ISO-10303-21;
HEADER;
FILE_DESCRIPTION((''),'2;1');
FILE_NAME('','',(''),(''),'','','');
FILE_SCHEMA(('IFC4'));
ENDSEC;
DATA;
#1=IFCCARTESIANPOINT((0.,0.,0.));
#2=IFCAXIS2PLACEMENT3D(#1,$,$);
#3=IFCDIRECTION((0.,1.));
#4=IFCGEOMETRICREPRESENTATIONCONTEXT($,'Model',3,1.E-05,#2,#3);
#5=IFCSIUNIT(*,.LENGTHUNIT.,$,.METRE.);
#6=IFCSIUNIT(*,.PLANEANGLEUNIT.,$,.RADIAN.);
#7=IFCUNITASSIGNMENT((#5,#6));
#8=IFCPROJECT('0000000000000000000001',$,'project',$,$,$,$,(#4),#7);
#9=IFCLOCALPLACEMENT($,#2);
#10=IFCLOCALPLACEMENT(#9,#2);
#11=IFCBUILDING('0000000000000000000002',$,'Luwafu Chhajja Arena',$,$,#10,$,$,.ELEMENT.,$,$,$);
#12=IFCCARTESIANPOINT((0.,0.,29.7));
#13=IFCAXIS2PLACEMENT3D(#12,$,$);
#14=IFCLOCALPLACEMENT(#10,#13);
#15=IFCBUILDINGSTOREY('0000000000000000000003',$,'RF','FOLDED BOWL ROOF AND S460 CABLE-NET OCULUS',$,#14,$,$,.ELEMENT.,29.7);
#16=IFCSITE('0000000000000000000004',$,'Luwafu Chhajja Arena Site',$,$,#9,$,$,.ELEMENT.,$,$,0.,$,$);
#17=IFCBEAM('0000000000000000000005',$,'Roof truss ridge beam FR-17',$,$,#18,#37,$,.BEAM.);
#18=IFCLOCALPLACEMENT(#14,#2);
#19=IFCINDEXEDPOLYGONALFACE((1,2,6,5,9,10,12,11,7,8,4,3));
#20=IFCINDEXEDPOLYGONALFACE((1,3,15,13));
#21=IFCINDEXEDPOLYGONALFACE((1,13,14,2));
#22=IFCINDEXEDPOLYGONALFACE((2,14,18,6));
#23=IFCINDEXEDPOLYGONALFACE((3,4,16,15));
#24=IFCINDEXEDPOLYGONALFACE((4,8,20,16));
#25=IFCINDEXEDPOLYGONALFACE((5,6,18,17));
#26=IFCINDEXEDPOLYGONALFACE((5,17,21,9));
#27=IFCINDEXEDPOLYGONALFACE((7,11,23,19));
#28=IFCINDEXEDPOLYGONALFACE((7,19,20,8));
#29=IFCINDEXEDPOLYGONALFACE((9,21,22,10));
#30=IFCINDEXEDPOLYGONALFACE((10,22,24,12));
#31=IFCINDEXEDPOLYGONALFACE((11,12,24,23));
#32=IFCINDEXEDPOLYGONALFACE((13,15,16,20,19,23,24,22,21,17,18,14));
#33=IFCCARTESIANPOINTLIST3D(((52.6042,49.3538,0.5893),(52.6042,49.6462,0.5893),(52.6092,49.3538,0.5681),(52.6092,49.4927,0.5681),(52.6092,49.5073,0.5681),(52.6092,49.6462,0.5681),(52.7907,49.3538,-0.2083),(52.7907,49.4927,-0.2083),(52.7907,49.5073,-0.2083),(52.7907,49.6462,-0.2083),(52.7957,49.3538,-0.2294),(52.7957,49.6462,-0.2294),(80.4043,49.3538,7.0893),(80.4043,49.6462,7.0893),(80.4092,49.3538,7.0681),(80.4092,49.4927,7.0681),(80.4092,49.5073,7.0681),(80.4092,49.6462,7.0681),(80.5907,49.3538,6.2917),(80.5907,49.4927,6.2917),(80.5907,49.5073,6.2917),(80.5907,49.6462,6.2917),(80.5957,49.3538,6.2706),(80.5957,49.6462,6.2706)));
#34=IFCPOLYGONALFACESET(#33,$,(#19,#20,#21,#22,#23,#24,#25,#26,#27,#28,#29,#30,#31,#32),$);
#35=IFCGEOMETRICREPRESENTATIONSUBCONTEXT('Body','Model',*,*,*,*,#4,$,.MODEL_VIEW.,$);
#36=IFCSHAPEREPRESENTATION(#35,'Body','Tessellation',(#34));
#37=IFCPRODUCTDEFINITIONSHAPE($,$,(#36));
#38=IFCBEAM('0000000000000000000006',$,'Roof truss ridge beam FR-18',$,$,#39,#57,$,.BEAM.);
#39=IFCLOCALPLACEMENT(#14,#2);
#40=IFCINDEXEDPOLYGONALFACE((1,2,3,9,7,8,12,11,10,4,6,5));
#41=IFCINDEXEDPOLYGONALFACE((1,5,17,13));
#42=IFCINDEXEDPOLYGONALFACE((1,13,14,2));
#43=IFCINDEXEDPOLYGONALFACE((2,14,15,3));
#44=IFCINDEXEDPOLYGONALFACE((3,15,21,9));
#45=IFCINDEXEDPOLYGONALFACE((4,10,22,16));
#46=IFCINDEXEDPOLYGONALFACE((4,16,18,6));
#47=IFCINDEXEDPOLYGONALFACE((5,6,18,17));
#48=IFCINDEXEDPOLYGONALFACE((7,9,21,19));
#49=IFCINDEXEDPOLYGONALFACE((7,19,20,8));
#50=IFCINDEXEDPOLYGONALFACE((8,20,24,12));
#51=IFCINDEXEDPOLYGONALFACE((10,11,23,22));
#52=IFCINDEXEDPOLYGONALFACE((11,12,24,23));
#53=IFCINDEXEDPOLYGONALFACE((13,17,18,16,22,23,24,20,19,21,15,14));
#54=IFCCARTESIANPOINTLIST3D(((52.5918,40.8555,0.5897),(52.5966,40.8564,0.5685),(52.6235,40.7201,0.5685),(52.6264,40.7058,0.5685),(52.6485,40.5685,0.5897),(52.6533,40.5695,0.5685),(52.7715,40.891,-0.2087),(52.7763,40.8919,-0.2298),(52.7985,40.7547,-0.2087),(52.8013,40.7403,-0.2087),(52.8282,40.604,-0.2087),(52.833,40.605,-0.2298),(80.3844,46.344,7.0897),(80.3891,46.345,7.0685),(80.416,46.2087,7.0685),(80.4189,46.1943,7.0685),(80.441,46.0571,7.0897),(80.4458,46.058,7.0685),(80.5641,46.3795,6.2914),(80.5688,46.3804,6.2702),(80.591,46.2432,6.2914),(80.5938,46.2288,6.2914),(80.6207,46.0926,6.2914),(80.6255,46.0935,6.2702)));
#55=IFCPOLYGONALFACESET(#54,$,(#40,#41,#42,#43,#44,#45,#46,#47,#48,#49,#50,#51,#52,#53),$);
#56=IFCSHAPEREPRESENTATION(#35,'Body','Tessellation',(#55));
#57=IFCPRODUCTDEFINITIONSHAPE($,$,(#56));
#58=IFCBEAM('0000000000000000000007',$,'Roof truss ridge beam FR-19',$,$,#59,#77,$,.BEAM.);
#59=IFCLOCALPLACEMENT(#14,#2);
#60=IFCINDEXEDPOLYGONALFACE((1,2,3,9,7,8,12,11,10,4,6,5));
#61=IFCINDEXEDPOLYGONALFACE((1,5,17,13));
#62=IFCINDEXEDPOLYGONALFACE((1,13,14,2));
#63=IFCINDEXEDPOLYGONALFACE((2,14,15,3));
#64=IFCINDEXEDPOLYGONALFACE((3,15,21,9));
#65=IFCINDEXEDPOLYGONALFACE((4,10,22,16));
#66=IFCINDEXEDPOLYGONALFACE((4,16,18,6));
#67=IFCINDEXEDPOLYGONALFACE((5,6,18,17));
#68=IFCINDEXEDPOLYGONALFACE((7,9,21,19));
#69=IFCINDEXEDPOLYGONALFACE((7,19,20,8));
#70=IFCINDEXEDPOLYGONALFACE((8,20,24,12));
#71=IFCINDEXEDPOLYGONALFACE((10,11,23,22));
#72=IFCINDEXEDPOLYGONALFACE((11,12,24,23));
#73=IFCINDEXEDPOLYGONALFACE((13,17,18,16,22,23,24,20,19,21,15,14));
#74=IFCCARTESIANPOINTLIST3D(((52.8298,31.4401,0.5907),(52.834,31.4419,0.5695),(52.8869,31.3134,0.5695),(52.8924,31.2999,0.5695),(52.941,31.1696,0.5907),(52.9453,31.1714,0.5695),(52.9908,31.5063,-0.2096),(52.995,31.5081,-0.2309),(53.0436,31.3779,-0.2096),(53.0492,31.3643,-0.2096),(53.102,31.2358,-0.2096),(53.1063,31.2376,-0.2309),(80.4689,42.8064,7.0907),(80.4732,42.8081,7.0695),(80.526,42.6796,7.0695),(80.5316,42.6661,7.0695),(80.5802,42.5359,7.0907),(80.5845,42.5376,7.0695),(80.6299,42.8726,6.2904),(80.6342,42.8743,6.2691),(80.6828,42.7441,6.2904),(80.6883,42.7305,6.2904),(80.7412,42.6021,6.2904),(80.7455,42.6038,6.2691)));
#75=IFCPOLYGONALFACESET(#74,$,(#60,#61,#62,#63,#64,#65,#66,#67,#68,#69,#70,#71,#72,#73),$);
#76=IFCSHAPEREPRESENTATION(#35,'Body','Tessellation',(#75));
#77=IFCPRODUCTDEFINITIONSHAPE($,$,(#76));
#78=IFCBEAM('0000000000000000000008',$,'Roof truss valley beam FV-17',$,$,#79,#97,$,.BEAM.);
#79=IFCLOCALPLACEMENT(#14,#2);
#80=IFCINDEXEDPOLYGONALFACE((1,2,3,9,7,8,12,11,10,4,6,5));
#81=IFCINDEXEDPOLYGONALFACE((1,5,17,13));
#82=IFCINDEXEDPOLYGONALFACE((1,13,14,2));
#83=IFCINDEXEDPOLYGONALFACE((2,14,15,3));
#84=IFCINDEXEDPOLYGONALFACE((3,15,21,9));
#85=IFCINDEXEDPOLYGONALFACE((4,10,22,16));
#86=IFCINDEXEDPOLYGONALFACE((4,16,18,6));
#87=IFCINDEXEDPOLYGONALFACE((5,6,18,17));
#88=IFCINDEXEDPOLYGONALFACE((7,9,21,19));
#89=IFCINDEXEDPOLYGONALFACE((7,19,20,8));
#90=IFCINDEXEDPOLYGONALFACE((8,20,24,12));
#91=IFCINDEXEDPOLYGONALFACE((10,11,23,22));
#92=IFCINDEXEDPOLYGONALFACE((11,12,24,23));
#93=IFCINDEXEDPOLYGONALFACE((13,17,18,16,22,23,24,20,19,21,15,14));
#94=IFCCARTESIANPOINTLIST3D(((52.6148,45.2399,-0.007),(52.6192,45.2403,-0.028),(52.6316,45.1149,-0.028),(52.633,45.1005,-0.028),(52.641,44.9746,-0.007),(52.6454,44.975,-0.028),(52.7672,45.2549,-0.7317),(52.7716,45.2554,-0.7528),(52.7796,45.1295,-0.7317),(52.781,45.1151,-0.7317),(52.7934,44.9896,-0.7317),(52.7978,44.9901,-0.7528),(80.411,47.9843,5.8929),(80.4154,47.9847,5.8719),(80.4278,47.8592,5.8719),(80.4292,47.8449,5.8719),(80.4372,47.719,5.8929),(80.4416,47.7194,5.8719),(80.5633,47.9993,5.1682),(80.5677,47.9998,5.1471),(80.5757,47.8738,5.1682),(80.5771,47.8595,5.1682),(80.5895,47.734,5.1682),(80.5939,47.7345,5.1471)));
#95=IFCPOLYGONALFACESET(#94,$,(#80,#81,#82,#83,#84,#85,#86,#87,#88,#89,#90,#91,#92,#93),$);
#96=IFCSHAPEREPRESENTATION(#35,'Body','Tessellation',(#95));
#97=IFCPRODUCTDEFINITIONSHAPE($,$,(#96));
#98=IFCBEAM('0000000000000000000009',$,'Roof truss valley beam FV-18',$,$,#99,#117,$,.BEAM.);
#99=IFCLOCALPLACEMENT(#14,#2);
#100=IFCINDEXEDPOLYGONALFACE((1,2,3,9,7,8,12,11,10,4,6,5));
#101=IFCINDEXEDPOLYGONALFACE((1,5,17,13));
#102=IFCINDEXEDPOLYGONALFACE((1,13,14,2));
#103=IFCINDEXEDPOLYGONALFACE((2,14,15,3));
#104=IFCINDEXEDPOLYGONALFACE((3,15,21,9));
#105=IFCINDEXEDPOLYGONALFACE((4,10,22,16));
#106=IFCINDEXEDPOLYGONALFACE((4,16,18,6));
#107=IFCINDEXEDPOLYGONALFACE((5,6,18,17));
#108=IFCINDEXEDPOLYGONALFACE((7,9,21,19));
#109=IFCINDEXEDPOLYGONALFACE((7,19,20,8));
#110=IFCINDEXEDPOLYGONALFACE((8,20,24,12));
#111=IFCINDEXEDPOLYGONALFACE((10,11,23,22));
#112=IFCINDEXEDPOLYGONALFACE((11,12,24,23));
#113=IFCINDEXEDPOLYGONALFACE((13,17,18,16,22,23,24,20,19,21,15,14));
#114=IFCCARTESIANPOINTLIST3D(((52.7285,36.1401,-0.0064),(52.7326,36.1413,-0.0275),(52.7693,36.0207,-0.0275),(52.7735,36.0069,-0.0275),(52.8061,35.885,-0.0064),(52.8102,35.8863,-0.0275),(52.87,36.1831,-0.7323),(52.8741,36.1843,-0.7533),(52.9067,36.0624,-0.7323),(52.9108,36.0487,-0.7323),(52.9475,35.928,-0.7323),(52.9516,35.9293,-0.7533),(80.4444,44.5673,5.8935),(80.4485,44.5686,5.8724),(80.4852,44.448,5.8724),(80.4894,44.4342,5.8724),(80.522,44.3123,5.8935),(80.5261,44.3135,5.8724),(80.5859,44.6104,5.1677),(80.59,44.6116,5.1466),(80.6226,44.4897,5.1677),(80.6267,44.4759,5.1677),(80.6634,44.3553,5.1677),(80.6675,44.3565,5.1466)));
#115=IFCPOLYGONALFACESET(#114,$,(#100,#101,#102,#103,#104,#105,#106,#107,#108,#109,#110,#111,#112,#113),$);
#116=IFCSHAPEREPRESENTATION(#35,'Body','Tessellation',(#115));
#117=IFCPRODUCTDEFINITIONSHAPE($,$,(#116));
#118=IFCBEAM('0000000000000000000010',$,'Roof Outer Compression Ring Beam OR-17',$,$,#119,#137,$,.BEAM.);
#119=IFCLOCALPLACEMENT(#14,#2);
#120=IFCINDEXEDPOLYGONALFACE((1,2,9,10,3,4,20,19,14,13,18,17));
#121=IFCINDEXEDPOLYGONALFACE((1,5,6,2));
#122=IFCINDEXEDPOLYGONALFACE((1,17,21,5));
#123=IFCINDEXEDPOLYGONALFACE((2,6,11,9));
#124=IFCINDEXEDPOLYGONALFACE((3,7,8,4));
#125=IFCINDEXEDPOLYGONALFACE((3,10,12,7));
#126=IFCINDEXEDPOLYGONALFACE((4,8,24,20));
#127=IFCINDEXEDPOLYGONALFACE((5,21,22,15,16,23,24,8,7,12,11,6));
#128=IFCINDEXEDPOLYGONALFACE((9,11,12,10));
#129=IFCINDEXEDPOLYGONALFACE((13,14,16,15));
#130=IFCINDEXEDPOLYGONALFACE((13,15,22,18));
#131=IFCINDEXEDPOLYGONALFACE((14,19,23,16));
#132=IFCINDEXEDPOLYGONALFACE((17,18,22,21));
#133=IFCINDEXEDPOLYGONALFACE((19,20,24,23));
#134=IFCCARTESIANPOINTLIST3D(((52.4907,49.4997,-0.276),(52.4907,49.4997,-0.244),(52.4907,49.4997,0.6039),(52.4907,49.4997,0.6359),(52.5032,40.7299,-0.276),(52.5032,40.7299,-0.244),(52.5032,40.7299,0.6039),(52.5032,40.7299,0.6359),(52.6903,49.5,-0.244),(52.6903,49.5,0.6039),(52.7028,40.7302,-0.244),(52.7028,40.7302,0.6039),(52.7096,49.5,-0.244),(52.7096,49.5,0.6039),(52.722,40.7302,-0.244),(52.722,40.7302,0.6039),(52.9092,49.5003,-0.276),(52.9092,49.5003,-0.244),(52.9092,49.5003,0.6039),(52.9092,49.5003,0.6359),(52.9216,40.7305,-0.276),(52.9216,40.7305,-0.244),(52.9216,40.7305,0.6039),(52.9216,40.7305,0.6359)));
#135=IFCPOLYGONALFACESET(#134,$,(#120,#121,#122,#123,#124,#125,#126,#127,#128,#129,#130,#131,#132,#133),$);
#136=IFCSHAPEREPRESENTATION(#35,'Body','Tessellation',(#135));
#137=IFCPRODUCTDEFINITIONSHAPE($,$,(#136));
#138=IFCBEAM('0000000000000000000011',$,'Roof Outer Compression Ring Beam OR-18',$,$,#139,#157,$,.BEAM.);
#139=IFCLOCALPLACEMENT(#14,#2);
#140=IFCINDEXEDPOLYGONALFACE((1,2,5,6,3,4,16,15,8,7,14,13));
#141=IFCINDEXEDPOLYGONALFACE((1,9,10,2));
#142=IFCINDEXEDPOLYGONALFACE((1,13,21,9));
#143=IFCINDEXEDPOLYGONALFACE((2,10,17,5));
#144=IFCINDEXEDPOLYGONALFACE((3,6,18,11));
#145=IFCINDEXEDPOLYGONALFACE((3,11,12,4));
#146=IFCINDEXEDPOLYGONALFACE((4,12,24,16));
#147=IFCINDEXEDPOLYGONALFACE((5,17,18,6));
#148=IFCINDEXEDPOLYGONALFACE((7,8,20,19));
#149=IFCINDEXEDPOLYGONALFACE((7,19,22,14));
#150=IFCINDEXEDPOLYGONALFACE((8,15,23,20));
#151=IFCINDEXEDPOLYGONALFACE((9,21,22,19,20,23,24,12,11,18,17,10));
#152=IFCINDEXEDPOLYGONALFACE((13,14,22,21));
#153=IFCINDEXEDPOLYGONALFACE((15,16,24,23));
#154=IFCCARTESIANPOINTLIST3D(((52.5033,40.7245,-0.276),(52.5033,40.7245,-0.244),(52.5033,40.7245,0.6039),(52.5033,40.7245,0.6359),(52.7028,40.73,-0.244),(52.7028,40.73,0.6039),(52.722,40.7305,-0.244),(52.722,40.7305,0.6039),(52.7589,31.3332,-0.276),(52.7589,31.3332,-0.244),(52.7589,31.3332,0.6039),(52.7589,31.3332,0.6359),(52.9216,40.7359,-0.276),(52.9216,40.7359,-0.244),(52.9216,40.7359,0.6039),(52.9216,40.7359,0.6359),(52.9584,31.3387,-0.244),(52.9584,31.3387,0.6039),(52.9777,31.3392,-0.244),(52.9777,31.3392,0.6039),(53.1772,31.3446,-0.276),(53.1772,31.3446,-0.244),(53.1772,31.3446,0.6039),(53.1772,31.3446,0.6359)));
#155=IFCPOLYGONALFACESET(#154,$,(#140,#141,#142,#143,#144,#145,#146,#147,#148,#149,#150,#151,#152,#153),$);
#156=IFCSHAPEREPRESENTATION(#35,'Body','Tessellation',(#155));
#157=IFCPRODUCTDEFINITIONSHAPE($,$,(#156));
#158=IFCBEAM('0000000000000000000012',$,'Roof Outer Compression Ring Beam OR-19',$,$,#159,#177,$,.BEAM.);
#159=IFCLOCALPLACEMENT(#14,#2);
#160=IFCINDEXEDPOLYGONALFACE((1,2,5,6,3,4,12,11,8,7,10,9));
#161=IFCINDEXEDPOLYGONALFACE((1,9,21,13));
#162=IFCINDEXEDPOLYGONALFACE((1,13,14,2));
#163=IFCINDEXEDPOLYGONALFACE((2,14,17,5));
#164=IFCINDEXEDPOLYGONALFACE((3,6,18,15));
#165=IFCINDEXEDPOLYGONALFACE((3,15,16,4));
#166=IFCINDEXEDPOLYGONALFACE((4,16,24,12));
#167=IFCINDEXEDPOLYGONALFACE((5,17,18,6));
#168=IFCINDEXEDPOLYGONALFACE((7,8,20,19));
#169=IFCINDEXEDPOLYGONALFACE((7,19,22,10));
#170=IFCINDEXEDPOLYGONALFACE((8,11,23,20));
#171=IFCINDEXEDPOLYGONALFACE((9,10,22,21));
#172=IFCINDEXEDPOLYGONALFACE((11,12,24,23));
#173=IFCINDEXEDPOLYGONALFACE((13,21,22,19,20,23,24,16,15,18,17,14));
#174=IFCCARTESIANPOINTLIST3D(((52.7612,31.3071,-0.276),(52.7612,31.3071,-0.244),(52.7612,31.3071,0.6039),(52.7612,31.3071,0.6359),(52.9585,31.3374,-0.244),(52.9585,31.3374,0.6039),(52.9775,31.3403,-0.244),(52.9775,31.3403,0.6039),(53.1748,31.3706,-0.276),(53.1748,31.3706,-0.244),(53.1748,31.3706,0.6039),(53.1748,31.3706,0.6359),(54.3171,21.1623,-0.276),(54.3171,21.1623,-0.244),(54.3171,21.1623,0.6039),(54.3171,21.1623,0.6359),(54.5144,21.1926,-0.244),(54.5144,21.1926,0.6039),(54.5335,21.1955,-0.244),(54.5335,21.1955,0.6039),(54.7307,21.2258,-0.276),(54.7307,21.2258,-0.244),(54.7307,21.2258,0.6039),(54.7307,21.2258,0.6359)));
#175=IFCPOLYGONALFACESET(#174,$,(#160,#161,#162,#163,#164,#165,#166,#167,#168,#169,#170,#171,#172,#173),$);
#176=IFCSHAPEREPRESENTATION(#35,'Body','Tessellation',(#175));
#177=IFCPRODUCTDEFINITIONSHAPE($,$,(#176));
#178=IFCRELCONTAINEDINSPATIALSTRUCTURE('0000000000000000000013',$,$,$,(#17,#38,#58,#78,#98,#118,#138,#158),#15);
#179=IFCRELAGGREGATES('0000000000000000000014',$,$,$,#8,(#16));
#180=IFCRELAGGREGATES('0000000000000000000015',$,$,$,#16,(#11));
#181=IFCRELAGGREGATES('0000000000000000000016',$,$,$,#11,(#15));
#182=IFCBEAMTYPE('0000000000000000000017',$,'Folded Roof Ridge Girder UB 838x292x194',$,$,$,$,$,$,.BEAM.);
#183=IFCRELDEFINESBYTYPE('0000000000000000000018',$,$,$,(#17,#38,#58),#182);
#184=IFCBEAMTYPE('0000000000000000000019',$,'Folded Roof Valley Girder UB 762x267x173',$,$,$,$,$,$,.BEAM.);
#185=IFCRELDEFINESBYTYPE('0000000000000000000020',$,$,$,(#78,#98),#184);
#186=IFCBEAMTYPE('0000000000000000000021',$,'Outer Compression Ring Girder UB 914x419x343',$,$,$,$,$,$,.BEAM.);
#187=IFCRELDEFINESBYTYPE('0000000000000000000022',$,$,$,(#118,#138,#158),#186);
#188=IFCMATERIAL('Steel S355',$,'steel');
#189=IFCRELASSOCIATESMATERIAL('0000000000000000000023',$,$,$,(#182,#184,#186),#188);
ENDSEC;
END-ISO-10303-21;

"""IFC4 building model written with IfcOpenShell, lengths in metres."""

from ifc_helpers import new_model, si_unit, direction, frame, origin, origin_2d, place, context, subcontext, project, spatial, i_section, extrude, material, material_profile, profile_set, type_object, element, save


model = new_model("IFC4")

# Units and contexts
model_context = context("Model", 3, precision=1e-05, world=origin(), true_north=direction((0.0, 1.0)))
body_context = subcontext(model_context, "Body", "Model", "MODEL_VIEW")
ifc_project = project(units=[si_unit("LENGTHUNIT", "METRE"), si_unit("PLANEANGLEUNIT", "RADIAN")], contexts=[model_context])

# Site, building, storey
site_placement = place(None, origin())
site = spatial("IfcSite", under=ifc_project, at=site_placement, Name="Luwafu Chhajja Arena Site", CompositionType="ELEMENT", RefElevation=0.0)
building_placement = place(site_placement, origin())
building = spatial("IfcBuilding", under=site, at=building_placement, Name="Luwafu Chhajja Arena", CompositionType="ELEMENT")
storey_placement = place(building_placement, frame((0.0, 0.0, 29.7)))
storey = spatial("IfcBuildingStorey", under=building, at=storey_placement, Name="RF", Description="FOLDED BOWL ROOF AND S460 CABLE-NET OCULUS", CompositionType="ELEMENT", Elevation=29.7)

# Beams
ifc_material_1 = material(Name="Steel S355", Category="steel")
ifc_material_profile_1 = material_profile(ifc_material_1, i_section(OverallWidth=0.2925, OverallDepth=0.8408, WebThickness=0.0146, FlangeThickness=0.0217, at=origin_2d()), Name="UB 838x292x194")
ifc_profile_set_1 = profile_set([ifc_material_profile_1], Name="Steel S355")
beam_type_1 = type_object("IfcBeamType", Name="Folded Roof Ridge Girder UB 838x292x194", PredefinedType="BEAM", material=ifc_profile_set_1)
beam_1_placement = place(storey_placement, frame((52.7, 49.5, 0.1799), z_axis=(0.973738, 0.0, 0.227672), x_axis=(0.0, 1.0, 0.0)))
element("IfcBeam", 1, at=beam_1_placement, inside=storey, type_object=beam_type_1, Name="Roof truss ridge beam FR-17", PredefinedType="BEAM", context=body_context, shape_type="SweptSolid", body=[
    extrude(i_section(OverallWidth=0.2925, OverallDepth=0.8408, WebThickness=0.0146, FlangeThickness=0.0217, at=origin_2d()), origin(), (0.0, 0.0, 1.0), 28.5498),
])
beam_2_placement = place(storey_placement, frame((52.7124, 40.7302, 0.1799), z_axis=(0.956206, 0.188834, 0.223634), x_axis=(-0.193741, 0.981053, 0.0)))
element("IfcBeam", 2, at=beam_2_placement, inside=storey, type_object=beam_type_1, Name="Roof truss ridge beam FR-18", PredefinedType="BEAM", context=body_context, shape_type="SweptSolid", body=[
    extrude(i_section(OverallWidth=0.2925, OverallDepth=0.8408, WebThickness=0.0146, FlangeThickness=0.0217, at=origin_2d()), origin(), (0.0, 0.0, 1.0), 29.0654),
])
beam_3_placement = place(storey_placement, frame((52.968, 31.3389, 0.1799), z_axis=(0.903721, 0.371643, 0.212531), x_axis=(-0.380331, 0.92485, 0.0)))
element("IfcBeam", 3, at=beam_3_placement, inside=storey, type_object=beam_type_1, Name="Roof truss ridge beam FR-19", PredefinedType="BEAM", context=body_context, shape_type="SweptSolid", body=[
    extrude(i_section(OverallWidth=0.2925, OverallDepth=0.8408, WebThickness=0.0146, FlangeThickness=0.0217, at=origin_2d()), origin(), (0.0, 0.0, 1.0), 30.5837),
])
ifc_material_profile_2 = material_profile(ifc_material_1, i_section(OverallWidth=0.2666, OverallDepth=0.7622, WebThickness=0.0144, FlangeThickness=0.0215, at=origin_2d()), Name="UB 762x267x173")
ifc_profile_set_2 = profile_set([ifc_material_profile_2], Name="Steel S355")
beam_type_2 = type_object("IfcBeamType", Name="Folded Roof Valley Girder UB 762x267x173", PredefinedType="BEAM", material=ifc_profile_set_2)
beam_4_placement = place(storey_placement, frame((52.7063, 45.115, -0.3799), z_axis=(0.973677, 0.096134, 0.206669), x_axis=(-0.098255, 0.995161, 0.0)))
element("IfcBeam", 4, at=beam_4_placement, inside=storey, type_object=beam_type_2, Name="Roof truss valley beam FV-17", PredefinedType="BEAM", context=body_context, shape_type="SweptSolid", body=[
    extrude(i_section(OverallWidth=0.2666, OverallDepth=0.7622, WebThickness=0.0144, FlangeThickness=0.0215, at=origin_2d()), origin(), (0.0, 0.0, 1.0), 28.5476),
])
beam_5_placement = place(storey_placement, frame((52.8401, 36.0347, -0.3799), z_axis=(0.937505, 0.285057, 0.199568), x_axis=(-0.290909, 0.956751, 0.0)))
element("IfcBeam", 5, at=beam_5_placement, inside=storey, type_object=beam_type_2, Name="Roof truss valley beam FV-18", PredefinedType="BEAM", context=body_context, shape_type="SweptSolid", body=[
    extrude(i_section(OverallWidth=0.2666, OverallDepth=0.7622, WebThickness=0.0144, FlangeThickness=0.0215, at=origin_2d()), origin(), (0.0, 0.0, 1.0), 29.5635),
])
ifc_material_profile_3 = material_profile(ifc_material_1, i_section(OverallWidth=0.4185, OverallDepth=0.9119, WebThickness=0.0193, FlangeThickness=0.032, at=origin_2d()), Name="UB 914x419x343")
ifc_profile_set_3 = profile_set([ifc_material_profile_3], Name="Steel S355")
beam_type_3 = type_object("IfcBeamType", Name="Outer Compression Ring Girder UB 914x419x343", PredefinedType="BEAM", material=ifc_profile_set_3)
beam_6_placement = place(storey_placement, frame((52.7, 49.5, 0.1799), z_axis=(0.00142, -0.999999, 0.0), x_axis=(0.999999, 0.00142, 0.0)))
element("IfcBeam", 6, at=beam_6_placement, inside=storey, type_object=beam_type_3, Name="Roof Outer Compression Ring Beam OR-17", PredefinedType="BEAM", context=body_context, shape_type="SweptSolid", body=[
    extrude(i_section(OverallWidth=0.4185, OverallDepth=0.9119, WebThickness=0.0193, FlangeThickness=0.032, at=origin_2d()), origin(), (0.0, 0.0, 1.0), 8.7698),
])
beam_7_placement = place(storey_placement, frame((52.7124, 40.7302, 0.1799), z_axis=(0.027208, -0.99963, 0.0), x_axis=(0.99963, 0.027208, 0.0)))
element("IfcBeam", 7, at=beam_7_placement, inside=storey, type_object=beam_type_3, Name="Roof Outer Compression Ring Beam OR-18", PredefinedType="BEAM", context=body_context, shape_type="SweptSolid", body=[
    extrude(i_section(OverallWidth=0.4185, OverallDepth=0.9119, WebThickness=0.0193, FlangeThickness=0.032, at=origin_2d()), origin(), (0.0, 0.0, 1.0), 9.3948),
])
beam_8_placement = place(storey_placement, frame((52.968, 31.3389, 0.1799), z_axis=(0.151598, -0.988442, 0.0), x_axis=(0.988442, 0.151598, 0.0)))
element("IfcBeam", 8, at=beam_8_placement, inside=storey, type_object=beam_type_3, Name="Roof Outer Compression Ring Beam OR-19", PredefinedType="BEAM", context=body_context, shape_type="SweptSolid", body=[
    extrude(i_section(OverallWidth=0.4185, OverallDepth=0.9119, WebThickness=0.0193, FlangeThickness=0.032, at=origin_2d()), origin(), (0.0, 0.0, 1.0), 10.2634),
])

save(model, "model.ifc")
